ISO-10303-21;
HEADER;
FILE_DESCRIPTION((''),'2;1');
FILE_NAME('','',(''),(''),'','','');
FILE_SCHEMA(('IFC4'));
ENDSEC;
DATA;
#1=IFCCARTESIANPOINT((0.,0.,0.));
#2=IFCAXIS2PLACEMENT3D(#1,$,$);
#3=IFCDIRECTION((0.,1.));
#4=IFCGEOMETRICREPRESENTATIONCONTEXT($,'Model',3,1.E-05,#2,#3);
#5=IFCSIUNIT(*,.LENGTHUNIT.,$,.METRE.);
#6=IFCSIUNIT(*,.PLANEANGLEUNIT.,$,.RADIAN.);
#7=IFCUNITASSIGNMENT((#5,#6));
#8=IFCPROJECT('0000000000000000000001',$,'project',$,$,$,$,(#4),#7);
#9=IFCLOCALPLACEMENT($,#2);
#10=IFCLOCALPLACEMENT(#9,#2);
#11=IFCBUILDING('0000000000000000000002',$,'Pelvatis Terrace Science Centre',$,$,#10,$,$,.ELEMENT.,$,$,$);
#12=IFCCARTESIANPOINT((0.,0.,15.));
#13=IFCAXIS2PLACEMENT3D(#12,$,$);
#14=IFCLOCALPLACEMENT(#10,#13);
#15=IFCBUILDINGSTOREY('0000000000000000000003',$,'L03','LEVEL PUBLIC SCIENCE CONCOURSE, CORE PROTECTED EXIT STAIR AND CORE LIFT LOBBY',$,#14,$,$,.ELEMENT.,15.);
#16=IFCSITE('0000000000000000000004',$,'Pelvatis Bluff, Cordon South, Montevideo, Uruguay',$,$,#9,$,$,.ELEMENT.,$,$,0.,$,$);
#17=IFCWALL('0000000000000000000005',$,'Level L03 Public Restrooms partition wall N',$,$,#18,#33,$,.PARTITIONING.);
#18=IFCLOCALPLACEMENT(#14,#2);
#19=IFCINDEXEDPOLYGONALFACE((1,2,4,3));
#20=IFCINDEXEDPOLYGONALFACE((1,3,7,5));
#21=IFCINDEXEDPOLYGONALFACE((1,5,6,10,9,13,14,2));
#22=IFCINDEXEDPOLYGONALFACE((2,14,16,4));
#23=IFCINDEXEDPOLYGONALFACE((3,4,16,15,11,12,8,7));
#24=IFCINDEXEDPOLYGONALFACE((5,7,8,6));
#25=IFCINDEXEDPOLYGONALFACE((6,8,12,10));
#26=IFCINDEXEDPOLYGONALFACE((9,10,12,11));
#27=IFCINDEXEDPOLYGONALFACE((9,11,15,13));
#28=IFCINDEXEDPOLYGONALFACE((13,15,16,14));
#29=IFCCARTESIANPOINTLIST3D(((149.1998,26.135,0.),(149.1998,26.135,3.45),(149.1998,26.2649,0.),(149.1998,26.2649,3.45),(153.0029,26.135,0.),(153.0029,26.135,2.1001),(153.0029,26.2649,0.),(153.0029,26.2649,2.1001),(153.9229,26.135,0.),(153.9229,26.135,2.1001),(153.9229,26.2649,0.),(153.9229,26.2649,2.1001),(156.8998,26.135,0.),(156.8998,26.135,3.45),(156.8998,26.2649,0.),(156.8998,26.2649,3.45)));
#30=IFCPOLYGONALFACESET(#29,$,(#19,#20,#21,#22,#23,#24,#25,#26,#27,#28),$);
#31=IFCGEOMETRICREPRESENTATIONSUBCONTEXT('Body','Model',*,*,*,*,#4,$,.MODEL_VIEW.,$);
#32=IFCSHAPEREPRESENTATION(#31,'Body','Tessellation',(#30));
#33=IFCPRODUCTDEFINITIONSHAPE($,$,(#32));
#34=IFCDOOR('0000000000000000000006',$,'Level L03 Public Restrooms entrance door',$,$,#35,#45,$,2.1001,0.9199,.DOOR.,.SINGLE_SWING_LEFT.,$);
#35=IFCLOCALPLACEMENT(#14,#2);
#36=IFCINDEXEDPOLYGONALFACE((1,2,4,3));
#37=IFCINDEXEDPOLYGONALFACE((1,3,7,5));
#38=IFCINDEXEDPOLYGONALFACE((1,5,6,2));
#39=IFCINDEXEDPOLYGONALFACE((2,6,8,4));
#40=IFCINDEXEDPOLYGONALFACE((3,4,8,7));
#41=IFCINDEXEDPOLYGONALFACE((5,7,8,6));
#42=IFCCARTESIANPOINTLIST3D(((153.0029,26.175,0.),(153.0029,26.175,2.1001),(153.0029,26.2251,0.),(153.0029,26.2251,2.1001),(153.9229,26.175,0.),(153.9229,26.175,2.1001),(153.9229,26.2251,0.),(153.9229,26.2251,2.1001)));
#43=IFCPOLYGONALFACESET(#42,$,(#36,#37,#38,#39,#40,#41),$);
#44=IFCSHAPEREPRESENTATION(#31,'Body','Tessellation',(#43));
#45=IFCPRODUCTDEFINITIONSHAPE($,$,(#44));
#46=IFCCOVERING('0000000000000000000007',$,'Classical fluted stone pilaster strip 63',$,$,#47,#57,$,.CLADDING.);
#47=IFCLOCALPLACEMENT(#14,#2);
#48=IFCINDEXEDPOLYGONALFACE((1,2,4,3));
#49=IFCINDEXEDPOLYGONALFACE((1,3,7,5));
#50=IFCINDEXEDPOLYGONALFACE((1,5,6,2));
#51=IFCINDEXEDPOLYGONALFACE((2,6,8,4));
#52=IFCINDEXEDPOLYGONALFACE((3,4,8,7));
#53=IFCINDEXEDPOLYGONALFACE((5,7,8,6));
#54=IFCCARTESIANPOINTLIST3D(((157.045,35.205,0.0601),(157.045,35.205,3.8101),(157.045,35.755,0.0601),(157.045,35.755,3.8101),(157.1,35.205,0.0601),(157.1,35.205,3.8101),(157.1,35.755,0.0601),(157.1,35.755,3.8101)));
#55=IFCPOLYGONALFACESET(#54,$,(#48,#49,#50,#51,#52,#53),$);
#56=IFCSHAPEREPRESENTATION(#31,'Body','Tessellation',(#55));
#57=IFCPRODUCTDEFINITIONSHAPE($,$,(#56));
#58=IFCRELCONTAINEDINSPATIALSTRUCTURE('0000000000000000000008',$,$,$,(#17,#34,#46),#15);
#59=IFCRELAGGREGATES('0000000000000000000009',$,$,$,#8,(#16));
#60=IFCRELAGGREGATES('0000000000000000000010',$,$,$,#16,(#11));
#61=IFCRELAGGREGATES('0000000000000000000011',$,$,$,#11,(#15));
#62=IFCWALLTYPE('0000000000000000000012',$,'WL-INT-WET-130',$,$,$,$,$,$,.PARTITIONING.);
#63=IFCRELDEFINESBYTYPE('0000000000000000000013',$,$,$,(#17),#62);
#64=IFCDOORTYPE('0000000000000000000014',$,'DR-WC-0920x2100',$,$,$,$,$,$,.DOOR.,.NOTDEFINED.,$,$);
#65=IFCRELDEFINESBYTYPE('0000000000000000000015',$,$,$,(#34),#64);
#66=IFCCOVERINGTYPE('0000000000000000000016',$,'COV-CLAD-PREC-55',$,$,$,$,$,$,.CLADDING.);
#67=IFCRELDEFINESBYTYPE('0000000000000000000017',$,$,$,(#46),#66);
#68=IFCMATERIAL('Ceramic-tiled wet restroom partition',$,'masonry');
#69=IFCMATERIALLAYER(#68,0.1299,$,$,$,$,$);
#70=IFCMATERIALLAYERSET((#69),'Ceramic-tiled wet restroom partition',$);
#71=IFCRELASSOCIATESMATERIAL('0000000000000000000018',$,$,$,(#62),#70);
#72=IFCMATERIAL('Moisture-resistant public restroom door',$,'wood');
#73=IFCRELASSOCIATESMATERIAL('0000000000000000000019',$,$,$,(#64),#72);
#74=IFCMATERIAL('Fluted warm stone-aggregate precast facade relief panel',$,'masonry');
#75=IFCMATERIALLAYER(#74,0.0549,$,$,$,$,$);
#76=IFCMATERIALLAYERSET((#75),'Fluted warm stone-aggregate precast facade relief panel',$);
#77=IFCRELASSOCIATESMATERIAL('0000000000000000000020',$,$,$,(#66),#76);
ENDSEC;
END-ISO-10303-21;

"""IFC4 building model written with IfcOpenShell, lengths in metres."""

from ifc_helpers import new_model, si_unit, direction, frame, frame_2d, origin, origin_2d, place, context, subcontext, project, spatial, rectangle, extrude, material, layer, layer_set, type_object, element, fill, save


model = new_model("IFC4")

# Units and contexts
model_context = context("Model", 3, precision=1e-05, world=origin(), true_north=direction((0.0, 1.0)))
body_context = subcontext(model_context, "Body", "Model", "MODEL_VIEW")
ifc_project = project(units=[si_unit("LENGTHUNIT", "METRE"), si_unit("PLANEANGLEUNIT", "RADIAN")], contexts=[model_context])

# Site, building, storey
site_placement = place(None, origin())
site = spatial("IfcSite", under=ifc_project, at=site_placement, Name="Pelvatis Bluff, Cordon South, Montevideo, Uruguay", CompositionType="ELEMENT", RefElevation=0.0)
building_placement = place(site_placement, origin())
building = spatial("IfcBuilding", under=site, at=building_placement, Name="Pelvatis Terrace Science Centre", CompositionType="ELEMENT")
storey_placement = place(building_placement, frame((0.0, 0.0, 15.0)))
storey = spatial("IfcBuildingStorey", under=building, at=storey_placement, Name="L03", Description="LEVEL PUBLIC SCIENCE CONCOURSE, CORE PROTECTED EXIT STAIR AND CORE LIFT LOBBY", CompositionType="ELEMENT", Elevation=15.0)

# Wall, opening, door
ifc_material_1 = material(Name="Ceramic-tiled wet restroom partition", Category="masonry")
ifc_layer_1 = layer(ifc_material_1, 0.1299)
ifc_layer_set_1 = layer_set([ifc_layer_1], Name="Ceramic-tiled wet restroom partition")
wall_type_1 = type_object("IfcWallType", Name="WL-INT-WET-130", PredefinedType="PARTITIONING", material=ifc_layer_set_1)
wall_1_placement = place(storey_placement, frame((156.8999, 26.2, 0.0), z_axis=(0.0, 0.0, 1.0), x_axis=(-1.0, 0.0, 0.0)))
wall_1 = element("IfcWall", 1, at=wall_1_placement, inside=storey, type_object=wall_type_1, Name="Level L03 Public Restrooms partition wall N", PredefinedType="PARTITIONING", context=body_context, shape_type="SweptSolid", body=[
    extrude(rectangle(XDim=7.7, YDim=0.1299, at=frame_2d((3.8501, 0.0))), origin(), (0.0, 0.0, 1.0), 3.45),
])
opening_1_placement = place(wall_1_placement, frame((2.9771, 0.0, 0.0)))
opening_1 = element("IfcOpeningElement", 2, at=opening_1_placement, cuts=wall_1, PredefinedType="OPENING", context=body_context, shape_type="SweptSolid", body=[
    extrude(rectangle(XDim=0.9199, YDim=2.1001, at=frame_2d((0.46, 1.05))), frame((0.0, 0.075, 0.0), z_axis=(0.0, -1.0, 0.0), x_axis=(1.0, 0.0, 0.0)), (0.0, 0.0, 1.0), 0.1499),
])
ifc_material_2 = material(Name="Moisture-resistant public restroom door", Category="wood")
door_type_1 = type_object("IfcDoorType", Name="DR-WC-0920x2100", OperationType="NOTDEFINED", PredefinedType="DOOR", material=ifc_material_2)
door_1_placement = place(opening_1_placement, origin())
door_1 = element("IfcDoor", 3, at=door_1_placement, inside=storey, type_object=door_type_1, Name="Level L03 Public Restrooms entrance door", OperationType="SINGLE_SWING_LEFT", OverallHeight=2.1001, OverallWidth=0.9199, PredefinedType="DOOR", context=body_context, shape_type="SweptSolid", body=[
    extrude(rectangle(XDim=0.9199, YDim=2.1001, at=frame_2d((0.46, 1.05))), frame((0.0, 0.0249, 0.0), z_axis=(0.0, -1.0, 0.0), x_axis=(1.0, 0.0, 0.0)), (0.0, 0.0, 1.0), 0.05),
])
fill(opening_1, door_1)

# Covering
ifc_material_3 = material(Name="Fluted warm stone-aggregate precast facade relief panel", Category="masonry")
ifc_layer_2 = layer(ifc_material_3, 0.0549)
ifc_layer_set_2 = layer_set([ifc_layer_2], Name="Fluted warm stone-aggregate precast facade relief panel")
covering_type = type_object("IfcCoveringType", Name="COV-CLAD-PREC-55", PredefinedType="CLADDING", material=ifc_layer_set_2)
covering_placement = place(storey_placement, frame((157.0725, 35.48, 0.0601), z_axis=(0.0, 0.0, 1.0), x_axis=(1.0, 0.0, 0.0)))
element("IfcCovering", 4, at=covering_placement, inside=storey, type_object=covering_type, Name="Classical fluted stone pilaster strip 63", PredefinedType="CLADDING", context=body_context, shape_type="SweptSolid", body=[
    extrude(rectangle(XDim=0.0549, YDim=0.55, at=origin_2d()), origin(), (0.0, 0.0, 1.0), 3.75),
])

save(model, "model.ifc")
